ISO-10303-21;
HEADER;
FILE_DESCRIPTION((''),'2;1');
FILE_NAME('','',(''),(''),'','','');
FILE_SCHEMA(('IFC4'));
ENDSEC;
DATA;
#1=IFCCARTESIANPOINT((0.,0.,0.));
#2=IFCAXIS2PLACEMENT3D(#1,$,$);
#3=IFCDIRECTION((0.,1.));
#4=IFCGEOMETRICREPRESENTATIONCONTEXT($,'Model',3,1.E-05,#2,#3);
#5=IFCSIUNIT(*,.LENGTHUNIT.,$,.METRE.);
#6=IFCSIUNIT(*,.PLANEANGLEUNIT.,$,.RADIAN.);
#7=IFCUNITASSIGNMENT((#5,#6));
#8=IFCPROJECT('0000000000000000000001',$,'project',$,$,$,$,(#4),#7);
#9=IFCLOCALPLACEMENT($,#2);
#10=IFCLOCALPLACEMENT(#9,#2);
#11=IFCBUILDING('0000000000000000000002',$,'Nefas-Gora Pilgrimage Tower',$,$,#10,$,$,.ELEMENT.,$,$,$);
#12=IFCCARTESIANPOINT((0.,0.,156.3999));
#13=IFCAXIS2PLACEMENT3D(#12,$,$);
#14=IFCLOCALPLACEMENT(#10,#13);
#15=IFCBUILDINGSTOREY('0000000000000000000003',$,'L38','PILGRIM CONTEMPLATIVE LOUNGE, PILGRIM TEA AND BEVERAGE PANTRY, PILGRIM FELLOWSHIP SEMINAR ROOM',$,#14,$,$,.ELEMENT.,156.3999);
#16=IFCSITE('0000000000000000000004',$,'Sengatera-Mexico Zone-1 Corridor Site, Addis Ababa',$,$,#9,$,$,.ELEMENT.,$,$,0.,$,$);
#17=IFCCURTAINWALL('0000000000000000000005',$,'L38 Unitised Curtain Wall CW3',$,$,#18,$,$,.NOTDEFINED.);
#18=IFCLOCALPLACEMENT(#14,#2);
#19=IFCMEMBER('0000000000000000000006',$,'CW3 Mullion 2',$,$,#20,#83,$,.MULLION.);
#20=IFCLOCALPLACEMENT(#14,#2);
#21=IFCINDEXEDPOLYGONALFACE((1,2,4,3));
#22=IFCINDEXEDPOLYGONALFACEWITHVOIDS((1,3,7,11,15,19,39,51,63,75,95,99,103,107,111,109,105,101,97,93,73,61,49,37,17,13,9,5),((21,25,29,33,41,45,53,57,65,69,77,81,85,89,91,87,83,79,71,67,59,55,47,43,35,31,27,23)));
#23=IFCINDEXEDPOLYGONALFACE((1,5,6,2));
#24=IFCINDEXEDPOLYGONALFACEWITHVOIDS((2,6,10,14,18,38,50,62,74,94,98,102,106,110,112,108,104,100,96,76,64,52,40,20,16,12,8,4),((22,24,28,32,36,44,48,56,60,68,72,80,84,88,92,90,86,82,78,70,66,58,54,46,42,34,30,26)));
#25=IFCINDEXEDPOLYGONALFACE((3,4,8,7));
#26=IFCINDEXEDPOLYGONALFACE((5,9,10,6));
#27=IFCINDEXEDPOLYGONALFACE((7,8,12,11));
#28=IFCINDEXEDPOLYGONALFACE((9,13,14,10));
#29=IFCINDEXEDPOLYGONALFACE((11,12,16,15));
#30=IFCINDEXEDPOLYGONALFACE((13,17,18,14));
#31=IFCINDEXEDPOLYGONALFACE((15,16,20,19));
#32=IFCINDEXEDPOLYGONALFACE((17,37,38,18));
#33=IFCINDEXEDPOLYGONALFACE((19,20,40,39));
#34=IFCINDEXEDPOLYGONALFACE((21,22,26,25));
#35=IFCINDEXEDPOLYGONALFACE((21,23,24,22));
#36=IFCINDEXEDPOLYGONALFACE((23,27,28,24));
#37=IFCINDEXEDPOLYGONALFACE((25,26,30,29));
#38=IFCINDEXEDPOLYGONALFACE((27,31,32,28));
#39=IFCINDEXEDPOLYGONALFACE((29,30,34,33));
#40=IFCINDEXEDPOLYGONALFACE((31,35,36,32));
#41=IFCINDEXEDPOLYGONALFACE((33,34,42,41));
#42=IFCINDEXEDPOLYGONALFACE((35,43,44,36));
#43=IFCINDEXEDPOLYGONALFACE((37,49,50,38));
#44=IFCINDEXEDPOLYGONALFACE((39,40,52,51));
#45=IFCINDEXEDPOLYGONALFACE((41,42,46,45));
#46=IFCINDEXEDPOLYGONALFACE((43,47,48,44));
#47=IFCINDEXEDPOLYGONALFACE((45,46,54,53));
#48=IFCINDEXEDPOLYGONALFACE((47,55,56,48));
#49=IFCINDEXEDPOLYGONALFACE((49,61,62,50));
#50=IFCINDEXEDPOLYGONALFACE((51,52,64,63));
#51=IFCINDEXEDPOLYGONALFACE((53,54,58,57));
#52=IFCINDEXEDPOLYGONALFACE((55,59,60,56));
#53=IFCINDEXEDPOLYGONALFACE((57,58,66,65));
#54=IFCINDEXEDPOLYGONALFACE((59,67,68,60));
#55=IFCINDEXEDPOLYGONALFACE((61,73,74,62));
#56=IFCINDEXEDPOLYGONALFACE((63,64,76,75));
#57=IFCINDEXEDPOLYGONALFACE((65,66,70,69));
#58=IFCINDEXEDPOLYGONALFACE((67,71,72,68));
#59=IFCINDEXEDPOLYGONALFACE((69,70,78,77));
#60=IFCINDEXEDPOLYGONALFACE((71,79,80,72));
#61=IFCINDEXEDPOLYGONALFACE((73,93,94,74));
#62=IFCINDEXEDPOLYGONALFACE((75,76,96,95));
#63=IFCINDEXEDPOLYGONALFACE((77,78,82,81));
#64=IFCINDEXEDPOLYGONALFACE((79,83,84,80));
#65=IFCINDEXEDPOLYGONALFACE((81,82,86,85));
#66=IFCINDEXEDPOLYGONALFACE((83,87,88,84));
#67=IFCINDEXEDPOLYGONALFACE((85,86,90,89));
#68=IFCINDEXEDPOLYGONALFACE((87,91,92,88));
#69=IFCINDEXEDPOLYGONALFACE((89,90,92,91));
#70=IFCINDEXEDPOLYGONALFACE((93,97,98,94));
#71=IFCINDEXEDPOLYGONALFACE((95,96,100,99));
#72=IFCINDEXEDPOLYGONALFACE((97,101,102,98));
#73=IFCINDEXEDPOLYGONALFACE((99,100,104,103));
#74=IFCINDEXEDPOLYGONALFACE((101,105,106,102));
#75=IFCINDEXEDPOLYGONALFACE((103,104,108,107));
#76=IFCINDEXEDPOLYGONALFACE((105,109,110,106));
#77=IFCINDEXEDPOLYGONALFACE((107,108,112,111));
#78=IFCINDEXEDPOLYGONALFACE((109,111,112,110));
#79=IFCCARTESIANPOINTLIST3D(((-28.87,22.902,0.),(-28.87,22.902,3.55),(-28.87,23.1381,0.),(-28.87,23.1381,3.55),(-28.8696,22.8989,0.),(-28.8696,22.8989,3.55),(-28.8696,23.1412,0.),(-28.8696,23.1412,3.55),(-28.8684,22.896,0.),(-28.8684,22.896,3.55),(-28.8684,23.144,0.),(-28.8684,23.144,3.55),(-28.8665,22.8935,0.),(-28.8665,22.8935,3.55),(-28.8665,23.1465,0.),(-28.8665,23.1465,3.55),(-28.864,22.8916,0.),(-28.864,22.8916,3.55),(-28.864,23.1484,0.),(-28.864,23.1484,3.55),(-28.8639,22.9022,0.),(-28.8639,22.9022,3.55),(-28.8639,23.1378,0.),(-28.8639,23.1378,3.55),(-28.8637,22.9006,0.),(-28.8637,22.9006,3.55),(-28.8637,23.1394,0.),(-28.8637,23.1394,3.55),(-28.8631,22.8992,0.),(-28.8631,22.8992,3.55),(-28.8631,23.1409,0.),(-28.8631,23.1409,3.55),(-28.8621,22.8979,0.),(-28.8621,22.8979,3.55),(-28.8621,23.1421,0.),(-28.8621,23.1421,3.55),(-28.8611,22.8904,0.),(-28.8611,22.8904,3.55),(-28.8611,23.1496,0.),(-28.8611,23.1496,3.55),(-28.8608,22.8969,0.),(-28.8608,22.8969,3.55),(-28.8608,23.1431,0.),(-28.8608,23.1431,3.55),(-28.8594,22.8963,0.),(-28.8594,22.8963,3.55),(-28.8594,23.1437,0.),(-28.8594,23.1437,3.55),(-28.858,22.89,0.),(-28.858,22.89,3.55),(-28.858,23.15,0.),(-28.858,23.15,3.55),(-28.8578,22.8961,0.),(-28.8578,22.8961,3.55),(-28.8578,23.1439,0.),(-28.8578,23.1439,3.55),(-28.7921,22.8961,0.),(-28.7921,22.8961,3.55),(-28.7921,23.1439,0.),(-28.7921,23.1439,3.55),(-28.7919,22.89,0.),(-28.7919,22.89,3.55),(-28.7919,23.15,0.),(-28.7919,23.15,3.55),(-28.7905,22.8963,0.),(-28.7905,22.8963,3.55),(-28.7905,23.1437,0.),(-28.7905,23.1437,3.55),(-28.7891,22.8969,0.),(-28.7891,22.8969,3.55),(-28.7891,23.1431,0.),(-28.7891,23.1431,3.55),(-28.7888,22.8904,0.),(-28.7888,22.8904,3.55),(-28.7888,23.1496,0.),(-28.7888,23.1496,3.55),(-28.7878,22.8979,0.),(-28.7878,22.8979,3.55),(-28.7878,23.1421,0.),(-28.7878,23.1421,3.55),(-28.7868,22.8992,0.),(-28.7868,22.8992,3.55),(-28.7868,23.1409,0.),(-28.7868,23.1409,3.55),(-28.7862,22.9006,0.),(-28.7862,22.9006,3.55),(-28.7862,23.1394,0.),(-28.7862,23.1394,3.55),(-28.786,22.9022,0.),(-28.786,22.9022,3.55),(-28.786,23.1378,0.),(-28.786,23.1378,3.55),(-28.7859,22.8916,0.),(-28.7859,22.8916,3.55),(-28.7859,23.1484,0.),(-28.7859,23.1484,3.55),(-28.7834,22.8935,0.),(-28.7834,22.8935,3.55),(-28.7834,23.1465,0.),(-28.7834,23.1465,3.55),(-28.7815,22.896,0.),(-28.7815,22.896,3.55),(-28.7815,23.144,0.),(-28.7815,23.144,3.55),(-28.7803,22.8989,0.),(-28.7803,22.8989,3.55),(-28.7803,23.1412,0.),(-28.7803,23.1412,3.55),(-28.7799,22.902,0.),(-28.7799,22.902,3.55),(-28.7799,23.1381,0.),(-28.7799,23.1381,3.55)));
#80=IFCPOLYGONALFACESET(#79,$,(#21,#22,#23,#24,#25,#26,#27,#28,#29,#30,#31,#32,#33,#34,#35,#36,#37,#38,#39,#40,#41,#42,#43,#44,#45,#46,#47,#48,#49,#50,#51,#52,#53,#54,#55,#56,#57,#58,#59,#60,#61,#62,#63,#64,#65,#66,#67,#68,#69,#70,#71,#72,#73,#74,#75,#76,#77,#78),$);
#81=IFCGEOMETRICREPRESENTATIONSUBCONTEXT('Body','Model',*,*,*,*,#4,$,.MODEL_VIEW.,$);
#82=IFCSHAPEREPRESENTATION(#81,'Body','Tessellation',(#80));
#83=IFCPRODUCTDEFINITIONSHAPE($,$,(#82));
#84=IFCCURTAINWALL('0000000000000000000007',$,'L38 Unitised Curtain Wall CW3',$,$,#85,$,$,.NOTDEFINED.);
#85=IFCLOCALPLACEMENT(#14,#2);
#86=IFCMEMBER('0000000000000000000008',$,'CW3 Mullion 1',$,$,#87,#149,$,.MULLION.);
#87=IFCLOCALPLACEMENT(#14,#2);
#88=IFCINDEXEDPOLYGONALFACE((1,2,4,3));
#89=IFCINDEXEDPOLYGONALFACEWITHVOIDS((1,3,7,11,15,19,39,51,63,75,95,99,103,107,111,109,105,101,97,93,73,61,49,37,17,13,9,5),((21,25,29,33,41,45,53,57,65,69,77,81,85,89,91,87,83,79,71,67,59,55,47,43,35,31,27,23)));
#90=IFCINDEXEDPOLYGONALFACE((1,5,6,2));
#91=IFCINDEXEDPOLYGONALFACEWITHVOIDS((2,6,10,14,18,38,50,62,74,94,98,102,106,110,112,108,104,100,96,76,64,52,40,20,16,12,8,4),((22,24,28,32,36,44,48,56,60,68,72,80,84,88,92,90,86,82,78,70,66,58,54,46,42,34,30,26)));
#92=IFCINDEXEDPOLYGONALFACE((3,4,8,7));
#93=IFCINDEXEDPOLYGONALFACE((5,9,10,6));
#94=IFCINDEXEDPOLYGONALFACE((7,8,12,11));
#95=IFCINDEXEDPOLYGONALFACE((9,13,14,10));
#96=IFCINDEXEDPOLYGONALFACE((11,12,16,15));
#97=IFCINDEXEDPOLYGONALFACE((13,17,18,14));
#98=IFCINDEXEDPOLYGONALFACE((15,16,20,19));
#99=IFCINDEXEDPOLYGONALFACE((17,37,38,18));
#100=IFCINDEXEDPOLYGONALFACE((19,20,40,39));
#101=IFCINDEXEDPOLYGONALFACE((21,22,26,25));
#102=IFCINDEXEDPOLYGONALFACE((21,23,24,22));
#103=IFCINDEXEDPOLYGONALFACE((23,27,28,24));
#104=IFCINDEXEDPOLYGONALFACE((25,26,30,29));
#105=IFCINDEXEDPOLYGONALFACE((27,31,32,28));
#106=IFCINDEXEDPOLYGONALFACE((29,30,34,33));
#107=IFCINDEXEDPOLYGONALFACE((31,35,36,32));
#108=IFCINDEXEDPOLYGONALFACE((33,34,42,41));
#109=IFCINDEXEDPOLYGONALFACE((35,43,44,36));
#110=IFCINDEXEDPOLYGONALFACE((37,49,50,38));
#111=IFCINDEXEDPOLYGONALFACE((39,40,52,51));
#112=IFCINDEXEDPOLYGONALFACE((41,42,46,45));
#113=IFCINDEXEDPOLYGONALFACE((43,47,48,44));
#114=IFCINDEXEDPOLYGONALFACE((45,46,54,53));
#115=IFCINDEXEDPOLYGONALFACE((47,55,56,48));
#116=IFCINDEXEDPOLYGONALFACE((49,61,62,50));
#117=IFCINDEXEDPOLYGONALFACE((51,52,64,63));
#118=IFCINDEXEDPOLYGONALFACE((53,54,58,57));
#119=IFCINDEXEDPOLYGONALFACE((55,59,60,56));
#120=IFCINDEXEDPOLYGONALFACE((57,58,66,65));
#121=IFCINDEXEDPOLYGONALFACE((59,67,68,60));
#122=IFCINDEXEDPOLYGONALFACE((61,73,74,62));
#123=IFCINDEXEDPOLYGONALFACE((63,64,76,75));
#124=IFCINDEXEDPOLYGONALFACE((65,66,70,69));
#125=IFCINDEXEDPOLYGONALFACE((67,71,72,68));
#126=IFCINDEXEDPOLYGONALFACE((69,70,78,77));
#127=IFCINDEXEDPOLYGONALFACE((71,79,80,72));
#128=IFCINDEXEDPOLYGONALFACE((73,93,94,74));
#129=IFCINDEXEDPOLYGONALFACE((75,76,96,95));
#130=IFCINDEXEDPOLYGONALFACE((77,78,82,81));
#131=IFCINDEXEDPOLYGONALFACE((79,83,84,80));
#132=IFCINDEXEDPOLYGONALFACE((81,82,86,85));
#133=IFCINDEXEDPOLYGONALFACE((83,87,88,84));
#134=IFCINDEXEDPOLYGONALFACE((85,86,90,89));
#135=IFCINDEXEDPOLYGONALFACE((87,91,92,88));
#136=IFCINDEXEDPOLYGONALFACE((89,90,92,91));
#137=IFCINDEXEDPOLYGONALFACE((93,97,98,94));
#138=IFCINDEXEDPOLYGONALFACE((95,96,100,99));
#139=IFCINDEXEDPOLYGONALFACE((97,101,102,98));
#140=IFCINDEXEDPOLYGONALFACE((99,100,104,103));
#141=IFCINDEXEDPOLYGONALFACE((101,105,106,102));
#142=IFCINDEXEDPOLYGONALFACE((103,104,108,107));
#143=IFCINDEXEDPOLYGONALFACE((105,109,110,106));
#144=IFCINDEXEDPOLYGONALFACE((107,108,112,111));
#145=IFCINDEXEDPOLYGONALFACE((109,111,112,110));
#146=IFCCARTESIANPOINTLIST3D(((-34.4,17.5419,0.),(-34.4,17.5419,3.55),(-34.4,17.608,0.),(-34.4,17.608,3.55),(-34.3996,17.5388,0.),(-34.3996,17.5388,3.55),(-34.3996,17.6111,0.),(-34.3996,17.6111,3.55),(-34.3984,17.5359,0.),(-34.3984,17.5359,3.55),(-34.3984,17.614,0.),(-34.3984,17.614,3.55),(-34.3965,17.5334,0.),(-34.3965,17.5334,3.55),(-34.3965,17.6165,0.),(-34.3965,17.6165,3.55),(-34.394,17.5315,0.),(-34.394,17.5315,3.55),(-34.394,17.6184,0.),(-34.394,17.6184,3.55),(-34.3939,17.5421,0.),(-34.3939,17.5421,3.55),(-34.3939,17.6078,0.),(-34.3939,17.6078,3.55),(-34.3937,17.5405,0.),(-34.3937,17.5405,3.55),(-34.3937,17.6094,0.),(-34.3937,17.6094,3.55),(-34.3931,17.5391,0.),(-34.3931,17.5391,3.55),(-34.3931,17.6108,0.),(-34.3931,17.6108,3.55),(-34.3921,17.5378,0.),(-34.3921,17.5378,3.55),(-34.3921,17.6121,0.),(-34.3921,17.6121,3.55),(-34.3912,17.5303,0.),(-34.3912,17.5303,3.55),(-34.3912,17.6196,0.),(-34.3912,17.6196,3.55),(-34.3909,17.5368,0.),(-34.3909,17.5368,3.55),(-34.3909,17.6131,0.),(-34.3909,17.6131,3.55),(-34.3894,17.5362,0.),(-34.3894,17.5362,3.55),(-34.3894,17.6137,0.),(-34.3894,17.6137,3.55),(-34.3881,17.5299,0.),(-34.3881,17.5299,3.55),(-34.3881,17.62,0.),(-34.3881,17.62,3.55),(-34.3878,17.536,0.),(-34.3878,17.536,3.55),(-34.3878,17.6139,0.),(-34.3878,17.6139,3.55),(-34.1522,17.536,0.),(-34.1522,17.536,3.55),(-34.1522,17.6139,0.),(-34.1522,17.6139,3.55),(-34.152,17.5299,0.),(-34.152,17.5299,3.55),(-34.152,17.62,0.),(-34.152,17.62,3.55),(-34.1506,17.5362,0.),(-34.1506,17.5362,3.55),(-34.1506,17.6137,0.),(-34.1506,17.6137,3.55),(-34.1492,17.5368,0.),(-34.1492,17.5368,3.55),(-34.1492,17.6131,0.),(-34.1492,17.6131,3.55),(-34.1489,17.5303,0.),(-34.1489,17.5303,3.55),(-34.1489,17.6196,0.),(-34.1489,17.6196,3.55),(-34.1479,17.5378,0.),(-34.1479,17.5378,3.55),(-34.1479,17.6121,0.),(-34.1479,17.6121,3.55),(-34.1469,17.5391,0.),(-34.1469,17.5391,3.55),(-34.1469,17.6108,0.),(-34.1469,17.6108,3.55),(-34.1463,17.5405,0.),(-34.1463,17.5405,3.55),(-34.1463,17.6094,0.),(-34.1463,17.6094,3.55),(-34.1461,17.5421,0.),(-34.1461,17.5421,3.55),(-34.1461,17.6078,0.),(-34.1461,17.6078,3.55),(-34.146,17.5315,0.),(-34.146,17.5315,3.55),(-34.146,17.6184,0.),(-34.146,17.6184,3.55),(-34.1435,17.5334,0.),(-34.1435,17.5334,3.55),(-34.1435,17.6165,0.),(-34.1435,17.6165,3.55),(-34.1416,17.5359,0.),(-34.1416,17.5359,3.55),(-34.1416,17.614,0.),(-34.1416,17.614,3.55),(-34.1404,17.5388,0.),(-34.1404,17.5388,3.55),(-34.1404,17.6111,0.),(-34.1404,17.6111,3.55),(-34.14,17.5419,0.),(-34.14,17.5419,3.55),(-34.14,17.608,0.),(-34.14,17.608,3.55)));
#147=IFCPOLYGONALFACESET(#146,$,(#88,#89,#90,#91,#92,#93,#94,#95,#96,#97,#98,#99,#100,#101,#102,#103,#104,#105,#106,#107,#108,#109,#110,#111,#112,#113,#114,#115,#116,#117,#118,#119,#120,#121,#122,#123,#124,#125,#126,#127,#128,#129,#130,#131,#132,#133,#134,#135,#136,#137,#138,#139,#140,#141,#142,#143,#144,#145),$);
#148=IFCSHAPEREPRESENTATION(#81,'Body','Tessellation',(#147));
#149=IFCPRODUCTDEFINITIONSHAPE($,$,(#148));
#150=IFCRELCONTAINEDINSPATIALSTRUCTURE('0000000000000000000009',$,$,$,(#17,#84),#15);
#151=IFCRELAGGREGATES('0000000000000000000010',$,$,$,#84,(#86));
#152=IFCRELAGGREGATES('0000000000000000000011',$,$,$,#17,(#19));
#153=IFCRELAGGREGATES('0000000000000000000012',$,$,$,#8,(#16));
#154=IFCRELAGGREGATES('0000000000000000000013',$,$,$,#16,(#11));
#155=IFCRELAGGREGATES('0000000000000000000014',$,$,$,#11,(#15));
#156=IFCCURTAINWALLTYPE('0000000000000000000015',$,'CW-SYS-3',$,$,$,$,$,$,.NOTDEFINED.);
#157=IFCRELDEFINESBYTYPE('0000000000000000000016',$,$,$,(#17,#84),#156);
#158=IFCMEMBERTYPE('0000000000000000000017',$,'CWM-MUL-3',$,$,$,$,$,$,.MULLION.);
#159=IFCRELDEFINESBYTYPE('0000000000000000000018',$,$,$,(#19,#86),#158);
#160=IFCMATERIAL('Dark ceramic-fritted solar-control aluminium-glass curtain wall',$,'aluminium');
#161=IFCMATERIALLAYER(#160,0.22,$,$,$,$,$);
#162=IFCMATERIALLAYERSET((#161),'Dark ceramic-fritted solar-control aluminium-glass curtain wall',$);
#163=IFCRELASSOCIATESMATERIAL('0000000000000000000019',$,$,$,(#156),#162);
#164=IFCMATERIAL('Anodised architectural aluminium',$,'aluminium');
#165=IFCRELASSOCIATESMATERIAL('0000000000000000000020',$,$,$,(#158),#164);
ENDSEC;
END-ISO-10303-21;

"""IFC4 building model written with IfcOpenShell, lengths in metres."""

from ifc_helpers import new_model, si_unit, direction, frame, origin, origin_2d, place, context, subcontext, project, spatial, hollow_rectangle, extrude, source, transform, mapped, material, layer, layer_set, material_profile, profile_set, type_object, element, aggregate, save


model = new_model("IFC4")

# Units and contexts
model_context = context("Model", 3, precision=1e-05, world=origin(), true_north=direction((0.0, 1.0)))
body_context = subcontext(model_context, "Body", "Model", "MODEL_VIEW")
ifc_project = project(units=[si_unit("LENGTHUNIT", "METRE"), si_unit("PLANEANGLEUNIT", "RADIAN")], contexts=[model_context])

# Site, building, storey
site_placement = place(None, origin())
site = spatial("IfcSite", under=ifc_project, at=site_placement, Name="Sengatera-Mexico Zone-1 Corridor Site, Addis Ababa", CompositionType="ELEMENT", RefElevation=0.0)
building_placement = place(site_placement, origin())
building = spatial("IfcBuilding", under=site, at=building_placement, Name="Nefas-Gora Pilgrimage Tower", CompositionType="ELEMENT")
storey_placement = place(building_placement, frame((0.0, 0.0, 156.3999)))
storey = spatial("IfcBuildingStorey", under=building, at=storey_placement, Name="L38", Description="PILGRIM CONTEMPLATIVE LOUNGE, PILGRIM TEA AND BEVERAGE PANTRY, PILGRIM FELLOWSHIP SEMINAR ROOM", CompositionType="ELEMENT", Elevation=156.3999)

# Shared definitions
ifc_material_1 = material(Name="Dark ceramic-fritted solar-control aluminium-glass curtain wall", Category="aluminium")
ifc_material_2 = material(Name="Anodised architectural aluminium", Category="aluminium")

# Curtain wall, member
ifc_layer_1 = layer(ifc_material_1, 0.22)
ifc_layer_set_1 = layer_set([ifc_layer_1], Name="Dark ceramic-fritted solar-control aluminium-glass curtain wall")
curtain_wall_type_1 = type_object("IfcCurtainWallType", Name="CW-SYS-3", PredefinedType="NOTDEFINED", material=ifc_layer_set_1)
curtain_wall_1_placement = place(storey_placement, origin())
curtain_wall_1 = element("IfcCurtainWall", 1, at=curtain_wall_1_placement, inside=storey, type_object=curtain_wall_type_1, Name="L38 Unitised Curtain Wall CW3", PredefinedType="NOTDEFINED")
ifc_material_profile_1 = material_profile(ifc_material_2, hollow_rectangle(XDim=0.0901, YDim=0.26, WallThickness=0.0061, InnerFilletRadius=0.0061, OuterFilletRadius=0.012, at=origin_2d()), Name="ALU MULLION 90x260")
ifc_profile_set_1 = profile_set([ifc_material_profile_1], Name="Anodised architectural aluminium")
member_type_1 = type_object("IfcMemberType", Name="CWM-MUL-3", PredefinedType="MULLION", material=ifc_profile_set_1)
shared_shape_1 = source(origin(), body_context, "Body", "SweptSolid", [
    extrude(hollow_rectangle(XDim=0.0901, YDim=0.26, WallThickness=0.0061, InnerFilletRadius=0.0061, OuterFilletRadius=0.012, at=origin_2d()), origin(), (0.0, 0.0, 1.0), 3.55),
])
member_1_placement = place(storey_placement, frame((-28.825, 23.02, 0.0), z_axis=(0.0, 0.0, 1.0), x_axis=(-1.0, 0.0, 0.0)))
member_1 = element("IfcMember", 2, at=member_1_placement, type_object=member_type_1, Name="CW3 Mullion 2", PredefinedType="MULLION", context=body_context, shape_type="MappedRepresentation", body=[
    mapped(shared_shape_1, transform((0.0, 0.0, 0.0), x_axis=(1.0, 0.0, 0.0), y_axis=(0.0, 1.0, 0.0), z_axis=(0.0, 0.0, 1.0), scale=1.0)),
])

# Curtain wall, member
curtain_wall_2_placement = place(storey_placement, origin())
curtain_wall_2 = element("IfcCurtainWall", 3, at=curtain_wall_2_placement, inside=storey, type_object=curtain_wall_type_1, Name="L38 Unitised Curtain Wall CW3", PredefinedType="NOTDEFINED")
member_2_placement = place(storey_placement, frame((-34.27, 17.575, 0.0), z_axis=(0.0, 0.0, 1.0), x_axis=(0.0, -1.0, 0.0)))
member_2 = element("IfcMember", 4, at=member_2_placement, type_object=member_type_1, Name="CW3 Mullion 1", PredefinedType="MULLION", context=body_context, shape_type="MappedRepresentation", body=[
    mapped(shared_shape_1, transform((0.0, 0.0, 0.0), x_axis=(1.0, 0.0, 0.0), y_axis=(0.0, 1.0, 0.0), z_axis=(0.0, 0.0, 1.0), scale=1.0)),
])

aggregate(curtain_wall_2, [member_2])

aggregate(curtain_wall_1, [member_1])

save(model, "model.ifc")
